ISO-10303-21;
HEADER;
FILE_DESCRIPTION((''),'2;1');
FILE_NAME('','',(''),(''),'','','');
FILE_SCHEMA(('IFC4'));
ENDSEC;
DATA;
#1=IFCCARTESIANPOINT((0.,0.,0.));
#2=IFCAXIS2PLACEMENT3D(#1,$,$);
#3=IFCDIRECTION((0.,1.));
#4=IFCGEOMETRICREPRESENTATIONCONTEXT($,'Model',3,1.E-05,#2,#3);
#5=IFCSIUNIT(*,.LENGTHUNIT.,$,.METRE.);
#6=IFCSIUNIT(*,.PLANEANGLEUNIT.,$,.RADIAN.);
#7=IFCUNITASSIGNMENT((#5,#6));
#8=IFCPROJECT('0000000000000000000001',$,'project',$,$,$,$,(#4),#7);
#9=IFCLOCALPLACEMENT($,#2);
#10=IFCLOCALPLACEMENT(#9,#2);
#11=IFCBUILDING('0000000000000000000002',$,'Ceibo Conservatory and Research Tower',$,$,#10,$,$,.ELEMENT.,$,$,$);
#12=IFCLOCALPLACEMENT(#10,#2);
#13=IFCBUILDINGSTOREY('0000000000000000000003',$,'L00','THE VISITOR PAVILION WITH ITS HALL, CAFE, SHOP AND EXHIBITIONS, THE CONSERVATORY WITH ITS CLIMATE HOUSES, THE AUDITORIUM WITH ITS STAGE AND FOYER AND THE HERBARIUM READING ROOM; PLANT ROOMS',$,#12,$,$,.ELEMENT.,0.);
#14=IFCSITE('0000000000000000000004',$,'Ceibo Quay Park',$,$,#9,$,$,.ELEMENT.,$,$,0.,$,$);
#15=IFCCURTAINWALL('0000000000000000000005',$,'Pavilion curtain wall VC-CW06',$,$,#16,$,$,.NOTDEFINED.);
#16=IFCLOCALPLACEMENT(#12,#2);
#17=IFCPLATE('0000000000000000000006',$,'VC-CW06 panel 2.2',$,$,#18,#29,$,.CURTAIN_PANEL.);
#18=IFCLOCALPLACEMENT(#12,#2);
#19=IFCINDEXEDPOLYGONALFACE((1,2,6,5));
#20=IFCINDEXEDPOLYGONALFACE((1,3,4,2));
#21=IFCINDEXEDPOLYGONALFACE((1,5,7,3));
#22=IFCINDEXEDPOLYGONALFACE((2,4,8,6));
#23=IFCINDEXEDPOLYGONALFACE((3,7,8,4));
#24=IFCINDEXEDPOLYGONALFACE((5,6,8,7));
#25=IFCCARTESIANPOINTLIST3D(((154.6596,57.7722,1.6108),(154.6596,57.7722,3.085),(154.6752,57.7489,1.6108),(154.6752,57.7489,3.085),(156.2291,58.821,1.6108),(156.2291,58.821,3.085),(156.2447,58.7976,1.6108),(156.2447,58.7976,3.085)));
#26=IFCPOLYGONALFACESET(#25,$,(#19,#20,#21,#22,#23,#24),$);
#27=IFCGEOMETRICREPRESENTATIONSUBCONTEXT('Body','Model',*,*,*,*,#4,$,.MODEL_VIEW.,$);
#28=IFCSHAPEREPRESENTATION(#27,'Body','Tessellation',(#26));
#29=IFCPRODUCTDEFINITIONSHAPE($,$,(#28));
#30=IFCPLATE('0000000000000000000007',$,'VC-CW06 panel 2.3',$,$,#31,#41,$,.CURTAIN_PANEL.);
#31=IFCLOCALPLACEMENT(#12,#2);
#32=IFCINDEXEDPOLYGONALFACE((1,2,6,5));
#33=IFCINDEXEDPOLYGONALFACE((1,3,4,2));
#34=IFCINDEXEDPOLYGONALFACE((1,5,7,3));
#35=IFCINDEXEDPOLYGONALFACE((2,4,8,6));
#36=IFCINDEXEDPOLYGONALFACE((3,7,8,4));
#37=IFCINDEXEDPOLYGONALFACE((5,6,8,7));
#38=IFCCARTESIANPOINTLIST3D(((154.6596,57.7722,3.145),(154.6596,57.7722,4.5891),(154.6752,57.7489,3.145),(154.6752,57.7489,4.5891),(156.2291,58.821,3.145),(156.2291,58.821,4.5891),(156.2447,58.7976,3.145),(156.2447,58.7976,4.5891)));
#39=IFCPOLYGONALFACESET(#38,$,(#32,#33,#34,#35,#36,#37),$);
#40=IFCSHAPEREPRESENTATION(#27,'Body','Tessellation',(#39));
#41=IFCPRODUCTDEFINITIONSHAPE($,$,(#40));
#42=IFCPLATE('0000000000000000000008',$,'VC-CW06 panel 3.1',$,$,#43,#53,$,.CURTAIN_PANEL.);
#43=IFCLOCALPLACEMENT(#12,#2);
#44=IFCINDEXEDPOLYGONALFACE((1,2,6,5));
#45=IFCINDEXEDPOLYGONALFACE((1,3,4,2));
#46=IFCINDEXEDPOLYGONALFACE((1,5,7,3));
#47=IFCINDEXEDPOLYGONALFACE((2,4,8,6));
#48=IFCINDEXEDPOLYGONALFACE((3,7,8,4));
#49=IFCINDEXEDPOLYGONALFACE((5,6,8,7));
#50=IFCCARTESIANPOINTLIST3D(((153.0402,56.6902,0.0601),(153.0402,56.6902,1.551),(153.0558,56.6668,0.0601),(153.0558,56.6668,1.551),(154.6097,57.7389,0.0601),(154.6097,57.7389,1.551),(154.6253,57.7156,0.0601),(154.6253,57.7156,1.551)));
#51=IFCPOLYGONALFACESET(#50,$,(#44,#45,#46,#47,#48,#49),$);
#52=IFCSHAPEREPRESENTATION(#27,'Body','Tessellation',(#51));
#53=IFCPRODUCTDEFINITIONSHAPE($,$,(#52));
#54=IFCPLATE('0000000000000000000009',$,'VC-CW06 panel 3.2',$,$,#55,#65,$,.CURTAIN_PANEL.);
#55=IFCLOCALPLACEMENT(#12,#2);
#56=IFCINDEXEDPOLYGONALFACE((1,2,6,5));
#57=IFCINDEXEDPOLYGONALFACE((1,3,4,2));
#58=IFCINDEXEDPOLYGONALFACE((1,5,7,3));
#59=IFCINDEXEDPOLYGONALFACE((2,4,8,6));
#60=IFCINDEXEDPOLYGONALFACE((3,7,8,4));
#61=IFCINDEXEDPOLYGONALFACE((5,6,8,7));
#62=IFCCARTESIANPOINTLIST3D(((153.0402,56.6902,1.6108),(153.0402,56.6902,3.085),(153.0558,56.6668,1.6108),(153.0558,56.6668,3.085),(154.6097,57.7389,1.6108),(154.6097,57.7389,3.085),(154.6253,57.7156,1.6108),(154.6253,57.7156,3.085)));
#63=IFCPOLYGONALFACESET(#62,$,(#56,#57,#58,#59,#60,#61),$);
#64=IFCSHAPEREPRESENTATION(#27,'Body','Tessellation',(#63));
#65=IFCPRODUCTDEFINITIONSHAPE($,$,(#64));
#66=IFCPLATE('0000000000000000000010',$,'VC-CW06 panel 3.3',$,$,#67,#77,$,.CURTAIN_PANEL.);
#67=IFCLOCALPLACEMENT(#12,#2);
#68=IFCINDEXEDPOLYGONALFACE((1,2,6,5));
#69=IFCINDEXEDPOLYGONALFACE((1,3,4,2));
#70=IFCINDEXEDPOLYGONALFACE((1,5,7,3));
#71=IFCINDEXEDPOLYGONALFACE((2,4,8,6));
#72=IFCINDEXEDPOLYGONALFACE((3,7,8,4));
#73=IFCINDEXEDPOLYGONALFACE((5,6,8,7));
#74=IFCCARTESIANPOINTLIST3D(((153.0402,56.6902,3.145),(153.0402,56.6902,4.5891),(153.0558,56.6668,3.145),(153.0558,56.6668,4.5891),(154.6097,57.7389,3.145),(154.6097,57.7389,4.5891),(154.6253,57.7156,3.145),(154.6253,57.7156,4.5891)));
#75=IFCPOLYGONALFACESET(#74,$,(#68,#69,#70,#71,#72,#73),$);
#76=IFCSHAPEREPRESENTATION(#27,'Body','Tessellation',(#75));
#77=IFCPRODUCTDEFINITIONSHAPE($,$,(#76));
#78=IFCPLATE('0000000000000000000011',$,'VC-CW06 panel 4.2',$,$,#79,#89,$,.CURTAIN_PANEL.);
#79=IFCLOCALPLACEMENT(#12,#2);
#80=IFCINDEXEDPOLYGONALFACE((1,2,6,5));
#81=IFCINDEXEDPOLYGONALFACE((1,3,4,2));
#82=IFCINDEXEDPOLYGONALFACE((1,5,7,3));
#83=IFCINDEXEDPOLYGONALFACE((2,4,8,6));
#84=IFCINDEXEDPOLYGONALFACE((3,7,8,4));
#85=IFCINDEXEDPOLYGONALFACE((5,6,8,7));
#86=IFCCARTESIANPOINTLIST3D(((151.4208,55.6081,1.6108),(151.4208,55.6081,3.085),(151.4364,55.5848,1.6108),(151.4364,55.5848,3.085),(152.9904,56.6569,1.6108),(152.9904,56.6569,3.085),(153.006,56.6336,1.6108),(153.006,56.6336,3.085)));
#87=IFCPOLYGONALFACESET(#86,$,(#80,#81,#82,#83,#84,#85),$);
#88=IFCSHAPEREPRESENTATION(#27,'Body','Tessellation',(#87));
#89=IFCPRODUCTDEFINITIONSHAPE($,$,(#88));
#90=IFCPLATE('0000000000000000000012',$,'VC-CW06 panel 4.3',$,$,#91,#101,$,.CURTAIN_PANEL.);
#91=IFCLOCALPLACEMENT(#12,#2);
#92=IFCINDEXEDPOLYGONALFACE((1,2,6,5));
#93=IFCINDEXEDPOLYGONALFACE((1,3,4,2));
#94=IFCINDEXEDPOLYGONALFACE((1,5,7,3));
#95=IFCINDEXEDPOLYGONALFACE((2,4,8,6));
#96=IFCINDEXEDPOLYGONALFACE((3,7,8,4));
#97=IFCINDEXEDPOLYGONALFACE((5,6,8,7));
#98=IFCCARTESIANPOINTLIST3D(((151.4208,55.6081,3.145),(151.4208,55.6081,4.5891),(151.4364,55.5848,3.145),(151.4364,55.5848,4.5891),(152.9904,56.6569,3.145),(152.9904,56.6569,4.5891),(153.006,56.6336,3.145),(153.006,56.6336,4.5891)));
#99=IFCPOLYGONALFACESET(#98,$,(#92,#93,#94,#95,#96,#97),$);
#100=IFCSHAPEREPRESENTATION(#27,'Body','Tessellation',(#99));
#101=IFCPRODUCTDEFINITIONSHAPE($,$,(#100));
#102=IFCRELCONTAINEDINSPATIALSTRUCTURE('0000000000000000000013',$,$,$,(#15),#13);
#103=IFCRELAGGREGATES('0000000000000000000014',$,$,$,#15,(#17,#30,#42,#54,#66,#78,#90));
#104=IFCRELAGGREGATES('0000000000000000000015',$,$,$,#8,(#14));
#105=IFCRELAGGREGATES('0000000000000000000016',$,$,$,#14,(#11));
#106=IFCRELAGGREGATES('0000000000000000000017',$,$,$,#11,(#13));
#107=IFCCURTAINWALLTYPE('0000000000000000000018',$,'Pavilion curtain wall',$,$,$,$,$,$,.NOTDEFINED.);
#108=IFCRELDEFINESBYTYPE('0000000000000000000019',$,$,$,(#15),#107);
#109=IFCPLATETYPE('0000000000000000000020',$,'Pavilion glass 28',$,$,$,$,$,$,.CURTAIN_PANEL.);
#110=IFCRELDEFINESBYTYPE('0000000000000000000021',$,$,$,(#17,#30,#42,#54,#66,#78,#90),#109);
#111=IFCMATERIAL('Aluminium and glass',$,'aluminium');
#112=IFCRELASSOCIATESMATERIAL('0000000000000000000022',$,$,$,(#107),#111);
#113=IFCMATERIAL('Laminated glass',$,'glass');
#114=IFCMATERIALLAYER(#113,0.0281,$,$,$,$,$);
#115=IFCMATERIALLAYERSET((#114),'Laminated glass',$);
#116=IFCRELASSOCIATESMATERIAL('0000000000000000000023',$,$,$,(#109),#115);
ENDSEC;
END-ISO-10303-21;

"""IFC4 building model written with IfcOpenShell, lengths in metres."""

from ifc_helpers import new_model, si_unit, direction, frame, origin, origin_2d, place, context, subcontext, project, spatial, rectangle, extrude, material, layer, layer_set, type_object, element, aggregate, save


model = new_model("IFC4")

# Units and contexts
model_context = context("Model", 3, precision=1e-05, world=origin(), true_north=direction((0.0, 1.0)))
body_context = subcontext(model_context, "Body", "Model", "MODEL_VIEW")
ifc_project = project(units=[si_unit("LENGTHUNIT", "METRE"), si_unit("PLANEANGLEUNIT", "RADIAN")], contexts=[model_context])

# Site, building, storey
site_placement = place(None, origin())
site = spatial("IfcSite", under=ifc_project, at=site_placement, Name="Ceibo Quay Park", CompositionType="ELEMENT", RefElevation=0.0)
building_placement = place(site_placement, origin())
building = spatial("IfcBuilding", under=site, at=building_placement, Name="Ceibo Conservatory and Research Tower", CompositionType="ELEMENT")
storey_placement = place(building_placement, origin())
storey = spatial("IfcBuildingStorey", under=building, at=storey_placement, Name="L00", Description="THE VISITOR PAVILION WITH ITS HALL, CAFE, SHOP AND EXHIBITIONS, THE CONSERVATORY WITH ITS CLIMATE HOUSES, THE AUDITORIUM WITH ITS STAGE AND FOYER AND THE HERBARIUM READING ROOM; PLANT ROOMS", CompositionType="ELEMENT", Elevation=0.0)

# Curtain wall
ifc_material_1 = material(Name="Aluminium and glass", Category="aluminium")
curtain_wall_type = type_object("IfcCurtainWallType", Name="Pavilion curtain wall", PredefinedType="NOTDEFINED", material=ifc_material_1)
curtain_wall_placement = place(storey_placement, origin())
curtain_wall = element("IfcCurtainWall", 1, at=curtain_wall_placement, inside=storey, type_object=curtain_wall_type, Name="Pavilion curtain wall VC-CW06", PredefinedType="NOTDEFINED")

# Plates
ifc_material_2 = material(Name="Laminated glass", Category="glass")
ifc_layer = layer(ifc_material_2, 0.0281)
ifc_layer_set = layer_set([ifc_layer], Name="Laminated glass")
plate_type = type_object("IfcPlateType", Name="Pavilion glass 28", PredefinedType="CURTAIN_PANEL", material=ifc_layer_set)
plate_1_placement = place(storey_placement, frame((155.4521, 58.2849, 1.6108), z_axis=(0.0, 0.0, 1.0), x_axis=(-0.83147, -0.55557, 0.0)))
plate_1 = element("IfcPlate", 2, at=plate_1_placement, type_object=plate_type, Name="VC-CW06 panel 2.2", PredefinedType="CURTAIN_PANEL", context=body_context, shape_type="SweptSolid", body=[
    extrude(rectangle(XDim=1.8877, YDim=0.0281, at=origin_2d()), origin(), (0.0, 0.0, 1.0), 1.4741),
])
plate_2_placement = place(storey_placement, frame((155.4521, 58.2849, 3.145), z_axis=(0.0, 0.0, 1.0), x_axis=(-0.83147, -0.55557, 0.0)))
plate_2 = element("IfcPlate", 3, at=plate_2_placement, type_object=plate_type, Name="VC-CW06 panel 2.3", PredefinedType="CURTAIN_PANEL", context=body_context, shape_type="SweptSolid", body=[
    extrude(rectangle(XDim=1.8877, YDim=0.0281, at=origin_2d()), origin(), (0.0, 0.0, 1.0), 1.4441),
])
plate_3_placement = place(storey_placement, frame((153.8328, 57.2029, 0.0601), z_axis=(0.0, 0.0, 1.0), x_axis=(-0.83147, -0.55557, 0.0)))
plate_3 = element("IfcPlate", 4, at=plate_3_placement, type_object=plate_type, Name="VC-CW06 panel 3.1", PredefinedType="CURTAIN_PANEL", context=body_context, shape_type="SweptSolid", body=[
    extrude(rectangle(XDim=1.8877, YDim=0.0281, at=origin_2d()), origin(), (0.0, 0.0, 1.0), 1.491),
])
plate_4_placement = place(storey_placement, frame((153.8328, 57.2029, 1.6108), z_axis=(0.0, 0.0, 1.0), x_axis=(-0.83147, -0.55557, 0.0)))
plate_4 = element("IfcPlate", 5, at=plate_4_placement, type_object=plate_type, Name="VC-CW06 panel 3.2", PredefinedType="CURTAIN_PANEL", context=body_context, shape_type="SweptSolid", body=[
    extrude(rectangle(XDim=1.8877, YDim=0.0281, at=origin_2d()), origin(), (0.0, 0.0, 1.0), 1.4741),
])
plate_5_placement = place(storey_placement, frame((153.8328, 57.2029, 3.145), z_axis=(0.0, 0.0, 1.0), x_axis=(-0.83147, -0.55557, 0.0)))
plate_5 = element("IfcPlate", 6, at=plate_5_placement, type_object=plate_type, Name="VC-CW06 panel 3.3", PredefinedType="CURTAIN_PANEL", context=body_context, shape_type="SweptSolid", body=[
    extrude(rectangle(XDim=1.8877, YDim=0.0281, at=origin_2d()), origin(), (0.0, 0.0, 1.0), 1.4441),
])
plate_6_placement = place(storey_placement, frame((152.2134, 56.1208, 1.6108), z_axis=(0.0, 0.0, 1.0), x_axis=(-0.83147, -0.55557, 0.0)))
plate_6 = element("IfcPlate", 7, at=plate_6_placement, type_object=plate_type, Name="VC-CW06 panel 4.2", PredefinedType="CURTAIN_PANEL", context=body_context, shape_type="SweptSolid", body=[
    extrude(rectangle(XDim=1.8877, YDim=0.0281, at=origin_2d()), origin(), (0.0, 0.0, 1.0), 1.4741),
])
plate_7_placement = place(storey_placement, frame((152.2134, 56.1208, 3.145), z_axis=(0.0, 0.0, 1.0), x_axis=(-0.83147, -0.55557, 0.0)))
plate_7 = element("IfcPlate", 8, at=plate_7_placement, type_object=plate_type, Name="VC-CW06 panel 4.3", PredefinedType="CURTAIN_PANEL", context=body_context, shape_type="SweptSolid", body=[
    extrude(rectangle(XDim=1.8877, YDim=0.0281, at=origin_2d()), origin(), (0.0, 0.0, 1.0), 1.4441),
])
aggregate(curtain_wall, [plate_1, plate_2, plate_3, plate_4, plate_5, plate_6, plate_7])

save(model, "model.ifc")
